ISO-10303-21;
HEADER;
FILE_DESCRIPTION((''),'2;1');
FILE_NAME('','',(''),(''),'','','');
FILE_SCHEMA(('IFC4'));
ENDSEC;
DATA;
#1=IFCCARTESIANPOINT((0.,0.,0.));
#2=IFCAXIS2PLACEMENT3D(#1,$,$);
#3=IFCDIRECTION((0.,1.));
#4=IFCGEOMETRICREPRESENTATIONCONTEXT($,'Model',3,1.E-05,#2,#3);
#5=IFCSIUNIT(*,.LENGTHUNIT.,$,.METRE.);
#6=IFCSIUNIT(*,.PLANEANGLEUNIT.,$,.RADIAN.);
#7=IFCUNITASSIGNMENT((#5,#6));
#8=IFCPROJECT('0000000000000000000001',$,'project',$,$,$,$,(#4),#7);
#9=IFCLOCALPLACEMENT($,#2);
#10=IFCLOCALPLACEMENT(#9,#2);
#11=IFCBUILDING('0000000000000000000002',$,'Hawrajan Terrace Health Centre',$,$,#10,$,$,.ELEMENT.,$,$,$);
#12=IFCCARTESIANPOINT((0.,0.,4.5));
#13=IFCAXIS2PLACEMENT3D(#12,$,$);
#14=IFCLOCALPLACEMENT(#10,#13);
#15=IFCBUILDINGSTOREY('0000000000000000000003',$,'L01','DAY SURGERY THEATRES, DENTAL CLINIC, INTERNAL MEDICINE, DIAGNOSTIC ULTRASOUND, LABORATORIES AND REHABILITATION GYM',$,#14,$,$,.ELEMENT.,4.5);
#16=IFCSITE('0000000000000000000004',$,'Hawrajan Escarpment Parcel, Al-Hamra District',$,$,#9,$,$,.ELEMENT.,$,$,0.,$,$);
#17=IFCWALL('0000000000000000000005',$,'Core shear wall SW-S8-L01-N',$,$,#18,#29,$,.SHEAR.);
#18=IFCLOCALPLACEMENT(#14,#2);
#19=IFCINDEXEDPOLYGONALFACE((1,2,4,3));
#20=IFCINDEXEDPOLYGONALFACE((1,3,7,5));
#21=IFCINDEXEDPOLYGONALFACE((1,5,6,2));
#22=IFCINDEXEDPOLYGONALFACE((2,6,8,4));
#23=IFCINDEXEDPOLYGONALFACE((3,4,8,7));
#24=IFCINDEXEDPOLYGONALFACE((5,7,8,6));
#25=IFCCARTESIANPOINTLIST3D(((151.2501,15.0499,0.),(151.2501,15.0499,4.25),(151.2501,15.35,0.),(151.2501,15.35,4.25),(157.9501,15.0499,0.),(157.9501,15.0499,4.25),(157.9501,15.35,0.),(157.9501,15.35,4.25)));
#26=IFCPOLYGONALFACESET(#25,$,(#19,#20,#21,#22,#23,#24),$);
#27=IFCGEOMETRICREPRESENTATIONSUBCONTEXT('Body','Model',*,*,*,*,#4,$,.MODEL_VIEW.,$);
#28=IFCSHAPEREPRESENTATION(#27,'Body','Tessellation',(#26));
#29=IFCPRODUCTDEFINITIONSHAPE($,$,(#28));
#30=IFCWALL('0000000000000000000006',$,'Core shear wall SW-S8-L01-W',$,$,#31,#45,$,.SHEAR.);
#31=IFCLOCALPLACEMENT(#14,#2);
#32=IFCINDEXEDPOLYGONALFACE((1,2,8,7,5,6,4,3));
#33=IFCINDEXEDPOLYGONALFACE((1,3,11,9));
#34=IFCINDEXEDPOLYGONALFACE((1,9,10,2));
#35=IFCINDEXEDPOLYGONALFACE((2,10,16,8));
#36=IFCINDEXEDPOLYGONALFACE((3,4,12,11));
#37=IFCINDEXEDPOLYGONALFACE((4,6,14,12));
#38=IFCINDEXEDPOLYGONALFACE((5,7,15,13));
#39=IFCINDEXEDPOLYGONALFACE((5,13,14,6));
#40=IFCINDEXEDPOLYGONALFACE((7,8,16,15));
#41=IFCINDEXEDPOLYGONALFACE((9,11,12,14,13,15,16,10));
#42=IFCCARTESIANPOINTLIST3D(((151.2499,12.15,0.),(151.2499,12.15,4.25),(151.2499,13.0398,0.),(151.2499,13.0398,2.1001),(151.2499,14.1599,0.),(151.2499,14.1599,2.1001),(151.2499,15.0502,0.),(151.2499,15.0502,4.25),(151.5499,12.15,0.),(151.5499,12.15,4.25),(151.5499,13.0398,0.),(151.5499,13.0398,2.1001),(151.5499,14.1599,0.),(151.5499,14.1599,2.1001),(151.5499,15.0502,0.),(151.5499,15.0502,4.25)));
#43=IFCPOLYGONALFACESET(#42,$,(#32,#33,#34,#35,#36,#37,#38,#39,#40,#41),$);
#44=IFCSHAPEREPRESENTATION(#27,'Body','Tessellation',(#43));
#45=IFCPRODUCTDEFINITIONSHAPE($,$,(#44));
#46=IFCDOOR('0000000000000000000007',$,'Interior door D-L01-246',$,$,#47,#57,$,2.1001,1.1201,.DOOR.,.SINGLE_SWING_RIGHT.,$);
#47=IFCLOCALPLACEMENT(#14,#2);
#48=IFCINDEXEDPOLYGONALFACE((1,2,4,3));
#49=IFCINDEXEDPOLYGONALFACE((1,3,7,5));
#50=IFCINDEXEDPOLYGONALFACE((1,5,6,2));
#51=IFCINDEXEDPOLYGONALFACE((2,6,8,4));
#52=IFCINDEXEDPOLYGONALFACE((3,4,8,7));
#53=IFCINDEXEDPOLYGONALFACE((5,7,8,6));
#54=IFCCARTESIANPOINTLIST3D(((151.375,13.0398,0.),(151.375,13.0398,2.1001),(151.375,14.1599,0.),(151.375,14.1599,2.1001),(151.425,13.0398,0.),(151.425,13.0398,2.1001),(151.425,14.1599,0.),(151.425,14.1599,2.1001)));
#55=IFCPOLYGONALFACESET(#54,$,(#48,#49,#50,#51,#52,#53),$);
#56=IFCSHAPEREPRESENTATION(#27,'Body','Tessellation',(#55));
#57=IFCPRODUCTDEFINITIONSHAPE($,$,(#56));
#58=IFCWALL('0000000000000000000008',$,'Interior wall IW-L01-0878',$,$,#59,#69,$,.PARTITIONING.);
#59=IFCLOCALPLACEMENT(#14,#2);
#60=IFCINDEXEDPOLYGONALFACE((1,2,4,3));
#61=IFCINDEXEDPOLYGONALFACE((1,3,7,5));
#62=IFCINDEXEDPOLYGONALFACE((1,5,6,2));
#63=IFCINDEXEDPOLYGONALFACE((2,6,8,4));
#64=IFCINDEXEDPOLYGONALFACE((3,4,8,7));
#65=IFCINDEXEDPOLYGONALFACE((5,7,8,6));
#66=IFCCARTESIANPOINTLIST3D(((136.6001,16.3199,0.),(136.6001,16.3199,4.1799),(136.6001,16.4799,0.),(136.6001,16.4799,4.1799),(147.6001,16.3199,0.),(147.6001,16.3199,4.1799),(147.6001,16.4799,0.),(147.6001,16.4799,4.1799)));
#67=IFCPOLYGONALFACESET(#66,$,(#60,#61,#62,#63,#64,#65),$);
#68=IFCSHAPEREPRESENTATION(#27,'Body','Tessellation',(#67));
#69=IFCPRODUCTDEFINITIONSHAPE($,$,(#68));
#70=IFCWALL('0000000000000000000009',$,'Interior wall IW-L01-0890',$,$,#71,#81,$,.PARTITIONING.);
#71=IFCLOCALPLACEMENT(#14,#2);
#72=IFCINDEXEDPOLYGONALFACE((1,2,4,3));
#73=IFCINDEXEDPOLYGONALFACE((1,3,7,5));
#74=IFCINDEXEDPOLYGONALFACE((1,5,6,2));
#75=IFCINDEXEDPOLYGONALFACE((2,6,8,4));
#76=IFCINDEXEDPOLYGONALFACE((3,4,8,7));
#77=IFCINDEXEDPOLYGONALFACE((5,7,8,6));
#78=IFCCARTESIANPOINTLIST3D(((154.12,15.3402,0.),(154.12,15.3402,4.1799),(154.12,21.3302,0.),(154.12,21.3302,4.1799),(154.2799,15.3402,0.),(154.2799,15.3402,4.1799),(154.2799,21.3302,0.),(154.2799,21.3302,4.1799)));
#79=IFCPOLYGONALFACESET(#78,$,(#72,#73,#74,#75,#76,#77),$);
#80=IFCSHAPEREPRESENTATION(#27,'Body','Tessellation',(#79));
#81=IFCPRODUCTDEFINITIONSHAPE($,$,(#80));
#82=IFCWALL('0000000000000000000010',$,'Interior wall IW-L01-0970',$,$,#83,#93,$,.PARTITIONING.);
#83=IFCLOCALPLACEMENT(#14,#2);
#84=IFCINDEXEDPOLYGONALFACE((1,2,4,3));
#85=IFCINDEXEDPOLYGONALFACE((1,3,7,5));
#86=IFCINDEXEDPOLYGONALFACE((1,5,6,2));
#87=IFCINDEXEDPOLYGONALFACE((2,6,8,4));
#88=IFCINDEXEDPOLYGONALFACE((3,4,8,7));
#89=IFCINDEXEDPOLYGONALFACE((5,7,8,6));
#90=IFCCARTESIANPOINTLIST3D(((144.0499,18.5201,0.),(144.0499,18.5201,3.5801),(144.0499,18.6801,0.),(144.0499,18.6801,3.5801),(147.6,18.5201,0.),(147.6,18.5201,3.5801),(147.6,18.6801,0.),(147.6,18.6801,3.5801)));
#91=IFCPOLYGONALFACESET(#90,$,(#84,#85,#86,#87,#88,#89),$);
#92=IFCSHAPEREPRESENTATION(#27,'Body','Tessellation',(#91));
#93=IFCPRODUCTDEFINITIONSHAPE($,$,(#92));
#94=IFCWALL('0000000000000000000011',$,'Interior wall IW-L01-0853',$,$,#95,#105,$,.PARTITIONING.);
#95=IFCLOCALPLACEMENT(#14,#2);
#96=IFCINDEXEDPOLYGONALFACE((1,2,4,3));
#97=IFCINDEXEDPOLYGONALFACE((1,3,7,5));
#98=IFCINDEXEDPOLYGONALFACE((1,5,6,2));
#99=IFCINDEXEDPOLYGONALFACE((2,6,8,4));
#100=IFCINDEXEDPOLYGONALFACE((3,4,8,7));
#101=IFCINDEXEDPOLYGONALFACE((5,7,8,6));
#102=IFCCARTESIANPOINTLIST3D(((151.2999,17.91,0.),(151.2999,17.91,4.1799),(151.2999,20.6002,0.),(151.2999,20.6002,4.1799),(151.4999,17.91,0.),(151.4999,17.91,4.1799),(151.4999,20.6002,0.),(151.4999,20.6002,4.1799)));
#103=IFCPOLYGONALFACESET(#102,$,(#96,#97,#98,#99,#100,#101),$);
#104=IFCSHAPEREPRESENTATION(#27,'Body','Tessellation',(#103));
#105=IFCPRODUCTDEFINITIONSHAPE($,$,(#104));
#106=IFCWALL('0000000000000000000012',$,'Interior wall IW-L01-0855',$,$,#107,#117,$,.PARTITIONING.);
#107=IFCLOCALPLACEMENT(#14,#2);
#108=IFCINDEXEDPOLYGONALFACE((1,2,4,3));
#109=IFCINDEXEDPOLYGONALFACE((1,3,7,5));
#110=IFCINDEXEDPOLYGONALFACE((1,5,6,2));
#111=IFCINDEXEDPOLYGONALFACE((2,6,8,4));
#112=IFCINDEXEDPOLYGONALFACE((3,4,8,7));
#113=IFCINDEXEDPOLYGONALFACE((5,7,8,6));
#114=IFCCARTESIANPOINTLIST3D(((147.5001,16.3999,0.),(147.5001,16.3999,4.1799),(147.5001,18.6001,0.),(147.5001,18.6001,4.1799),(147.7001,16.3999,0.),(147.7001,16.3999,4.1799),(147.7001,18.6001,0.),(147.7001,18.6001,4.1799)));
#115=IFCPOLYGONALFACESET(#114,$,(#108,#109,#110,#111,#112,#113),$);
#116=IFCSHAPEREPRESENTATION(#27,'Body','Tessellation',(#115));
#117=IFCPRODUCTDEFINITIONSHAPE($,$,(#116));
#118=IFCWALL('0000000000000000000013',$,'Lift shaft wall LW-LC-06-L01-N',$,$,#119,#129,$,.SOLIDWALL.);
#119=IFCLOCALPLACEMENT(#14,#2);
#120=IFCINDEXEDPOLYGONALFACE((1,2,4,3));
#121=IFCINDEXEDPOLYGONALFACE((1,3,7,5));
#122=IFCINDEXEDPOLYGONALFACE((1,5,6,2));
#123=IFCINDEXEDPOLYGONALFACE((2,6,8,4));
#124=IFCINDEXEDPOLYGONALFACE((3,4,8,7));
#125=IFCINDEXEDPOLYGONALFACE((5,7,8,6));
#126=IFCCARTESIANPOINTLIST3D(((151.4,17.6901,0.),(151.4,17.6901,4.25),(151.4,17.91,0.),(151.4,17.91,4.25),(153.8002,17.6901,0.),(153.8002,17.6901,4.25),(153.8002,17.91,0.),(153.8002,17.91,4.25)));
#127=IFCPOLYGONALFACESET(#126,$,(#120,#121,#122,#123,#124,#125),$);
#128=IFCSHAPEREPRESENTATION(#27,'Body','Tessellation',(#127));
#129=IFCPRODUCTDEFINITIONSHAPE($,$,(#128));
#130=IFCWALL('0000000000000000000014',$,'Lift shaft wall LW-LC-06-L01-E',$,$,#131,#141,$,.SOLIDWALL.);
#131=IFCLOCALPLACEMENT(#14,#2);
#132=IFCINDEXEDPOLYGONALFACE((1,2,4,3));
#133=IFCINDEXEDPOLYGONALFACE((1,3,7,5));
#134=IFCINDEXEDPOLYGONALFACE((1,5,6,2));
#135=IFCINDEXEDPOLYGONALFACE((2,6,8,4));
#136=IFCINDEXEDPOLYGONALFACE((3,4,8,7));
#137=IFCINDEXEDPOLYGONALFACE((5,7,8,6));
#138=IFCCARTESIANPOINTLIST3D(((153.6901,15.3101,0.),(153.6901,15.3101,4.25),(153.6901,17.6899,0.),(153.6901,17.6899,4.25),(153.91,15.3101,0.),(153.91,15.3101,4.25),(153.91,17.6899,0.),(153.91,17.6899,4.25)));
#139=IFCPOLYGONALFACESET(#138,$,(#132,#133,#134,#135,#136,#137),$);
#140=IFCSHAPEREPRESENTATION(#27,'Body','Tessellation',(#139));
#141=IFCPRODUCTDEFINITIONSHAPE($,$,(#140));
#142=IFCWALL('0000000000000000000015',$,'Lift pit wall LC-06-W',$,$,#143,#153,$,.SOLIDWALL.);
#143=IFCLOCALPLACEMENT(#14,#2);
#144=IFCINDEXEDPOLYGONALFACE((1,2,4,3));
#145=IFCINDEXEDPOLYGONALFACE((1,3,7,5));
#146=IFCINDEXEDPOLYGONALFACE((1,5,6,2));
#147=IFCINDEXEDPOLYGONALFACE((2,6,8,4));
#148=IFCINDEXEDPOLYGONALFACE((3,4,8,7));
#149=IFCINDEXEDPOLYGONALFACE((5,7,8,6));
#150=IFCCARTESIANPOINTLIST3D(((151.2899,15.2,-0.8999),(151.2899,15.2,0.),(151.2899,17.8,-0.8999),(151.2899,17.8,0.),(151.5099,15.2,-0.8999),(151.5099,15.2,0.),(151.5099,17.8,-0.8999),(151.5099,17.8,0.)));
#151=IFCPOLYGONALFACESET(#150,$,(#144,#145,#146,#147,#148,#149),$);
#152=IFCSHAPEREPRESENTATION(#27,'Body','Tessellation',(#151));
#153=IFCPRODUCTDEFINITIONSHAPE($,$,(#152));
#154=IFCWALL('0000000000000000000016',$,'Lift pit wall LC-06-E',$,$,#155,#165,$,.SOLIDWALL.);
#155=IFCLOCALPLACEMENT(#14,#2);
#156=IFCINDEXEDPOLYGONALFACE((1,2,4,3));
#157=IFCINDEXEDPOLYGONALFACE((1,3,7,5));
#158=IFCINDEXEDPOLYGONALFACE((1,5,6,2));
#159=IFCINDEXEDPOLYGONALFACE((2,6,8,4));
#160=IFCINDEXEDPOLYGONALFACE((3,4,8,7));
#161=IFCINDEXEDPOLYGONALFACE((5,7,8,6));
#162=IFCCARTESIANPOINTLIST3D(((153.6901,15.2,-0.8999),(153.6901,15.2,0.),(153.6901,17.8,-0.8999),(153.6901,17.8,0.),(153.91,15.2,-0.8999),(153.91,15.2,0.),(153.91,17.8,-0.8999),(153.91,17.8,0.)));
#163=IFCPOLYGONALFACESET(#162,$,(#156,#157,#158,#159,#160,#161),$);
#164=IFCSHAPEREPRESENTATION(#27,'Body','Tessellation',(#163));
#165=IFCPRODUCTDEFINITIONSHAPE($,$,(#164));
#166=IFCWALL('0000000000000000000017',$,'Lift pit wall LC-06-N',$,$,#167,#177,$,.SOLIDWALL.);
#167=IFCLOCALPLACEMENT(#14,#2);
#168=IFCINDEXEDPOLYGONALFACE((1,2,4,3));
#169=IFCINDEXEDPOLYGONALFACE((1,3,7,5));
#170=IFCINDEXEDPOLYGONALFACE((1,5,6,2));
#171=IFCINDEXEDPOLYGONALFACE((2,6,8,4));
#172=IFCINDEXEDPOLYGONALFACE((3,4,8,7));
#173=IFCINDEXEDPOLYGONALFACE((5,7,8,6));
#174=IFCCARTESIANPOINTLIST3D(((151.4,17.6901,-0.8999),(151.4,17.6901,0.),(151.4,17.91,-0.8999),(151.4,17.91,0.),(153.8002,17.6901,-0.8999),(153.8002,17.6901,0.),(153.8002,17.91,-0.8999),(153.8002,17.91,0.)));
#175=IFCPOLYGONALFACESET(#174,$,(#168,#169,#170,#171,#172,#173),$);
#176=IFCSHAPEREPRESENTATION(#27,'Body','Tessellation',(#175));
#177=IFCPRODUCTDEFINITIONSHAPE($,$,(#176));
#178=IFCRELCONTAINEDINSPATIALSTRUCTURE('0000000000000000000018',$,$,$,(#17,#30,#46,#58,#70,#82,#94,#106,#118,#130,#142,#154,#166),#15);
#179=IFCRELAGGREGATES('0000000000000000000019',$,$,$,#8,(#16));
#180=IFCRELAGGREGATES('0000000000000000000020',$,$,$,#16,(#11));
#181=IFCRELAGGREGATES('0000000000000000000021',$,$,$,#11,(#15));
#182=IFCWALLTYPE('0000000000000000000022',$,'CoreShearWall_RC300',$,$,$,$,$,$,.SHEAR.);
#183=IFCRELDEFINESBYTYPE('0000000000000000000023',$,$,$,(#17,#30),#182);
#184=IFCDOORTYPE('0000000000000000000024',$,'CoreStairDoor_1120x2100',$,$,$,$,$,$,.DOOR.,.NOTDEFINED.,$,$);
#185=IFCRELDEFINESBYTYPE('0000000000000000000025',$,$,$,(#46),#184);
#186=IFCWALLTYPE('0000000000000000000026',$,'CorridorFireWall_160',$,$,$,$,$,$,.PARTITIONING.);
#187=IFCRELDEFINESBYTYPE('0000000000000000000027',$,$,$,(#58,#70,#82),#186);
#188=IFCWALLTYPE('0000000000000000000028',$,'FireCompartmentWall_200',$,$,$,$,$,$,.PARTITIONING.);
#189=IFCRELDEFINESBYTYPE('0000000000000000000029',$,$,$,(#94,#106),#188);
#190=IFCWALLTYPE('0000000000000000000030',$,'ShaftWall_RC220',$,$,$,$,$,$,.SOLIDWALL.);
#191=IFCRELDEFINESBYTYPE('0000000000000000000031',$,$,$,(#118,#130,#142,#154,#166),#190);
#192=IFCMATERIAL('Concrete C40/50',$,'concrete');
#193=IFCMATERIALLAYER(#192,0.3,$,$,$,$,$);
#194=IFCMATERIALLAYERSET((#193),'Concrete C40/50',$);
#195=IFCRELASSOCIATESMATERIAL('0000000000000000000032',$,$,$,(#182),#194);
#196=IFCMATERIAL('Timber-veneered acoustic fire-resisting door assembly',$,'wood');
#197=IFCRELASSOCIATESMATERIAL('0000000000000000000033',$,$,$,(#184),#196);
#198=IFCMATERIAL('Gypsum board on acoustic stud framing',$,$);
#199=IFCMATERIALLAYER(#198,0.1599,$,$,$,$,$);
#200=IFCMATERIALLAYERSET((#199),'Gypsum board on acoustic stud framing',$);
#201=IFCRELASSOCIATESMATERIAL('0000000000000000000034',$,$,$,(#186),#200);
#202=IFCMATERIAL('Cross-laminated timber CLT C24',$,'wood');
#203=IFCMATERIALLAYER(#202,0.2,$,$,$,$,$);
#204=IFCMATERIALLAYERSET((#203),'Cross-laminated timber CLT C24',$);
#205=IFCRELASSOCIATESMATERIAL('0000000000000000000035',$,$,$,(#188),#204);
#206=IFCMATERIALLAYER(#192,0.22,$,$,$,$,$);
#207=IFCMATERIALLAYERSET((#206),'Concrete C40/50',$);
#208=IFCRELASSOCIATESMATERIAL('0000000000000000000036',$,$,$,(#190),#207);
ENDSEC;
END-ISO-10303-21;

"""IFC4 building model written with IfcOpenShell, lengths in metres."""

from ifc_helpers import new_model, si_unit, direction, frame, frame_2d, origin, place, context, subcontext, project, spatial, rectangle, extrude, material, layer, layer_set, type_object, element, fill, save


model = new_model("IFC4")

# Units and contexts
model_context = context("Model", 3, precision=1e-05, world=origin(), true_north=direction((0.0, 1.0)))
body_context = subcontext(model_context, "Body", "Model", "MODEL_VIEW")
ifc_project = project(units=[si_unit("LENGTHUNIT", "METRE"), si_unit("PLANEANGLEUNIT", "RADIAN")], contexts=[model_context])

# Site, building, storey
site_placement = place(None, origin())
site = spatial("IfcSite", under=ifc_project, at=site_placement, Name="Hawrajan Escarpment Parcel, Al-Hamra District", CompositionType="ELEMENT", RefElevation=0.0)
building_placement = place(site_placement, origin())
building = spatial("IfcBuilding", under=site, at=building_placement, Name="Hawrajan Terrace Health Centre", CompositionType="ELEMENT")
storey_placement = place(building_placement, frame((0.0, 0.0, 4.5)))
storey = spatial("IfcBuildingStorey", under=building, at=storey_placement, Name="L01", Description="DAY SURGERY THEATRES, DENTAL CLINIC, INTERNAL MEDICINE, DIAGNOSTIC ULTRASOUND, LABORATORIES AND REHABILITATION GYM", CompositionType="ELEMENT", Elevation=4.5)

# Shared definitions
ifc_material_1 = material(Name="Concrete C40/50", Category="concrete")

# Shared definitions
ifc_material_2 = material(Name="Gypsum board on acoustic stud framing")

# Wall
ifc_layer_1 = layer(ifc_material_1, 0.3)
ifc_layer_set_1 = layer_set([ifc_layer_1], Name="Concrete C40/50")
wall_type_1 = type_object("IfcWallType", Name="CoreShearWall_RC300", PredefinedType="SHEAR", material=ifc_layer_set_1)
for number, where, z_axis, x_axis, name in (
    (1, (151.25, 15.2, 0.0), (0.0, 0.0, 1.0), (1.0, 0.0, 0.0), "Core shear wall SW-S8-L01-N"),
):
    element("IfcWall", number, at=place(storey_placement, frame(where, z_axis=z_axis, x_axis=x_axis)), inside=storey, type_object=wall_type_1, Name=name, PredefinedType="SHEAR", context=body_context, shape_type="SweptSolid", body=[
        extrude(rectangle(XDim=6.7, YDim=0.3, at=frame_2d((3.3501, 0.0))), origin(), (0.0, 0.0, 1.0), 4.25),
    ])

# Wall, opening, door
wall_1_placement = place(storey_placement, frame((151.3999, 12.1499, 0.0), z_axis=(0.0, 0.0, 1.0), x_axis=(0.0, 1.0, 0.0)))
wall_1 = element("IfcWall", 2, at=wall_1_placement, inside=storey, type_object=wall_type_1, Name="Core shear wall SW-S8-L01-W", PredefinedType="SHEAR", context=body_context, shape_type="SweptSolid", body=[
    extrude(rectangle(XDim=2.9001, YDim=0.3, at=frame_2d((1.4502, 0.0))), origin(), (0.0, 0.0, 1.0), 4.25),
])
opening_1_placement = place(wall_1_placement, frame((0.8899, 0.0, 0.0)))
opening_1 = element("IfcOpeningElement", 3, at=opening_1_placement, cuts=wall_1, PredefinedType="OPENING", context=body_context, shape_type="SweptSolid", body=[
    extrude(rectangle(XDim=1.1201, YDim=2.1001, at=frame_2d((0.5601, 1.05))), frame((0.0, 0.1599, 0.0), z_axis=(0.0, -1.0, 0.0), x_axis=(1.0, 0.0, 0.0)), (0.0, 0.0, 1.0), 0.3201),
])
ifc_material_3 = material(Name="Timber-veneered acoustic fire-resisting door assembly", Category="wood")
door_type_1 = type_object("IfcDoorType", Name="CoreStairDoor_1120x2100", OperationType="NOTDEFINED", PredefinedType="DOOR", material=ifc_material_3)
door_1_placement = place(opening_1_placement, origin())
door_1 = element("IfcDoor", 4, at=door_1_placement, inside=storey, type_object=door_type_1, Name="Interior door D-L01-246", OperationType="SINGLE_SWING_RIGHT", OverallHeight=2.1001, OverallWidth=1.1201, PredefinedType="DOOR", context=body_context, shape_type="SweptSolid", body=[
    extrude(rectangle(XDim=1.1201, YDim=2.1001, at=frame_2d((0.5601, 1.05))), frame((0.0, 0.0249, 0.0), z_axis=(0.0, -1.0, 0.0), x_axis=(1.0, 0.0, 0.0)), (0.0, 0.0, 1.0), 0.05),
])
fill(opening_1, door_1)

# Walls
ifc_layer_2 = layer(ifc_material_2, 0.1599)
ifc_layer_set_2 = layer_set([ifc_layer_2], Name="Gypsum board on acoustic stud framing")
wall_type_2 = type_object("IfcWallType", Name="CorridorFireWall_160", PredefinedType="PARTITIONING", material=ifc_layer_set_2)
wall_2_placement = place(storey_placement, frame((147.6001, 16.3999, 0.0), z_axis=(0.0, 0.0, 1.0), x_axis=(-1.0, 0.0, 0.0)))
element("IfcWall", 5, at=wall_2_placement, inside=storey, type_object=wall_type_2, Name="Interior wall IW-L01-0878", PredefinedType="PARTITIONING", context=body_context, shape_type="SweptSolid", body=[
    extrude(rectangle(XDim=11.0, YDim=0.1599, at=frame_2d((5.5, 0.0))), origin(), (0.0, 0.0, 1.0), 4.1799),
])
wall_3_placement = place(storey_placement, frame((154.2, 15.3401, 0.0), z_axis=(0.0, 0.0, 1.0), x_axis=(0.0, 1.0, 0.0)))
element("IfcWall", 6, at=wall_3_placement, inside=storey, type_object=wall_type_2, Name="Interior wall IW-L01-0890", PredefinedType="PARTITIONING", context=body_context, shape_type="SweptSolid", body=[
    extrude(rectangle(XDim=5.99, YDim=0.1599, at=frame_2d((2.9951, 0.0))), origin(), (0.0, 0.0, 1.0), 4.1799),
])
wall_4_placement = place(storey_placement, frame((144.05, 18.6001, 0.0), z_axis=(0.0, 0.0, 1.0), x_axis=(1.0, 0.0, 0.0)))
element("IfcWall", 7, at=wall_4_placement, inside=storey, type_object=wall_type_2, Name="Interior wall IW-L01-0970", PredefinedType="PARTITIONING", context=body_context, shape_type="SweptSolid", body=[
    extrude(rectangle(XDim=3.55, YDim=0.1599, at=frame_2d((1.7749, 0.0))), origin(), (0.0, 0.0, 1.0), 3.5801),
])
ifc_material_4 = material(Name="Cross-laminated timber CLT C24", Category="wood")
ifc_layer_3 = layer(ifc_material_4, 0.2)
ifc_layer_set_3 = layer_set([ifc_layer_3], Name="Cross-laminated timber CLT C24")
wall_type_3 = type_object("IfcWallType", Name="FireCompartmentWall_200", PredefinedType="PARTITIONING", material=ifc_layer_set_3)
wall_5_placement = place(storey_placement, frame((151.3999, 17.9099, 0.0), z_axis=(0.0, 0.0, 1.0), x_axis=(0.0, 1.0, 0.0)))
element("IfcWall", 8, at=wall_5_placement, inside=storey, type_object=wall_type_3, Name="Interior wall IW-L01-0853", PredefinedType="PARTITIONING", context=body_context, shape_type="SweptSolid", body=[
    extrude(rectangle(XDim=2.6902, YDim=0.2, at=frame_2d((1.3452, 0.0))), origin(), (0.0, 0.0, 1.0), 4.1799),
])
wall_6_placement = place(storey_placement, frame((147.6001, 16.3999, 0.0), z_axis=(0.0, 0.0, 1.0), x_axis=(0.0, 1.0, 0.0)))
element("IfcWall", 9, at=wall_6_placement, inside=storey, type_object=wall_type_3, Name="Interior wall IW-L01-0855", PredefinedType="PARTITIONING", context=body_context, shape_type="SweptSolid", body=[
    extrude(rectangle(XDim=2.2002, YDim=0.2, at=frame_2d((1.1001, 0.0))), origin(), (0.0, 0.0, 1.0), 4.1799),
])
ifc_layer_4 = layer(ifc_material_1, 0.22)
ifc_layer_set_4 = layer_set([ifc_layer_4], Name="Concrete C40/50")
wall_type_4 = type_object("IfcWallType", Name="ShaftWall_RC220", PredefinedType="SOLIDWALL", material=ifc_layer_set_4)
wall_7_placement = place(storey_placement, frame((151.3999, 17.8, 0.0), z_axis=(0.0, 0.0, 1.0), x_axis=(1.0, 0.0, 0.0)))
element("IfcWall", 10, at=wall_7_placement, inside=storey, type_object=wall_type_4, Name="Lift shaft wall LW-LC-06-L01-N", PredefinedType="SOLIDWALL", context=body_context, shape_type="SweptSolid", body=[
    extrude(rectangle(XDim=2.4001, YDim=0.22, at=frame_2d((1.2002, 0.0))), origin(), (0.0, 0.0, 1.0), 4.25),
])

# Walls
wall_8_placement = place(storey_placement, frame((153.8, 15.3101, 0.0), z_axis=(0.0, 0.0, 1.0), x_axis=(0.0, 1.0, 0.0)))
element("IfcWall", 11, at=wall_8_placement, inside=storey, type_object=wall_type_4, Name="Lift shaft wall LW-LC-06-L01-E", PredefinedType="SOLIDWALL", context=body_context, shape_type="SweptSolid", body=[
    extrude(rectangle(XDim=2.3799, YDim=0.22, at=frame_2d((1.1899, 0.0))), origin(), (0.0, 0.0, 1.0), 4.25),
])
for number, where, z_axis, x_axis, name in (
    (12, (151.3999, 15.2, -0.8999), (0.0, 0.0, 1.0), (0.0, 1.0, 0.0), "Lift pit wall LC-06-W"),
    (13, (153.8, 15.2, -0.8999), (0.0, 0.0, 1.0), (0.0, 1.0, 0.0), "Lift pit wall LC-06-E"),
):
    element("IfcWall", number, at=place(storey_placement, frame(where, z_axis=z_axis, x_axis=x_axis)), inside=storey, type_object=wall_type_4, Name=name, PredefinedType="SOLIDWALL", context=body_context, shape_type="SweptSolid", body=[
        extrude(rectangle(XDim=2.6001, YDim=0.22, at=frame_2d((1.3, 0.0))), origin(), (0.0, 0.0, 1.0), 0.8999),
    ])
wall_9_placement = place(storey_placement, frame((151.3999, 17.8, -0.8999), z_axis=(0.0, 0.0, 1.0), x_axis=(1.0, 0.0, 0.0)))
element("IfcWall", 14, at=wall_9_placement, inside=storey, type_object=wall_type_4, Name="Lift pit wall LC-06-N", PredefinedType="SOLIDWALL", context=body_context, shape_type="SweptSolid", body=[
    extrude(rectangle(XDim=2.4001, YDim=0.22, at=frame_2d((1.2002, 0.0))), origin(), (0.0, 0.0, 1.0), 0.8999),
])

save(model, "model.ifc")
